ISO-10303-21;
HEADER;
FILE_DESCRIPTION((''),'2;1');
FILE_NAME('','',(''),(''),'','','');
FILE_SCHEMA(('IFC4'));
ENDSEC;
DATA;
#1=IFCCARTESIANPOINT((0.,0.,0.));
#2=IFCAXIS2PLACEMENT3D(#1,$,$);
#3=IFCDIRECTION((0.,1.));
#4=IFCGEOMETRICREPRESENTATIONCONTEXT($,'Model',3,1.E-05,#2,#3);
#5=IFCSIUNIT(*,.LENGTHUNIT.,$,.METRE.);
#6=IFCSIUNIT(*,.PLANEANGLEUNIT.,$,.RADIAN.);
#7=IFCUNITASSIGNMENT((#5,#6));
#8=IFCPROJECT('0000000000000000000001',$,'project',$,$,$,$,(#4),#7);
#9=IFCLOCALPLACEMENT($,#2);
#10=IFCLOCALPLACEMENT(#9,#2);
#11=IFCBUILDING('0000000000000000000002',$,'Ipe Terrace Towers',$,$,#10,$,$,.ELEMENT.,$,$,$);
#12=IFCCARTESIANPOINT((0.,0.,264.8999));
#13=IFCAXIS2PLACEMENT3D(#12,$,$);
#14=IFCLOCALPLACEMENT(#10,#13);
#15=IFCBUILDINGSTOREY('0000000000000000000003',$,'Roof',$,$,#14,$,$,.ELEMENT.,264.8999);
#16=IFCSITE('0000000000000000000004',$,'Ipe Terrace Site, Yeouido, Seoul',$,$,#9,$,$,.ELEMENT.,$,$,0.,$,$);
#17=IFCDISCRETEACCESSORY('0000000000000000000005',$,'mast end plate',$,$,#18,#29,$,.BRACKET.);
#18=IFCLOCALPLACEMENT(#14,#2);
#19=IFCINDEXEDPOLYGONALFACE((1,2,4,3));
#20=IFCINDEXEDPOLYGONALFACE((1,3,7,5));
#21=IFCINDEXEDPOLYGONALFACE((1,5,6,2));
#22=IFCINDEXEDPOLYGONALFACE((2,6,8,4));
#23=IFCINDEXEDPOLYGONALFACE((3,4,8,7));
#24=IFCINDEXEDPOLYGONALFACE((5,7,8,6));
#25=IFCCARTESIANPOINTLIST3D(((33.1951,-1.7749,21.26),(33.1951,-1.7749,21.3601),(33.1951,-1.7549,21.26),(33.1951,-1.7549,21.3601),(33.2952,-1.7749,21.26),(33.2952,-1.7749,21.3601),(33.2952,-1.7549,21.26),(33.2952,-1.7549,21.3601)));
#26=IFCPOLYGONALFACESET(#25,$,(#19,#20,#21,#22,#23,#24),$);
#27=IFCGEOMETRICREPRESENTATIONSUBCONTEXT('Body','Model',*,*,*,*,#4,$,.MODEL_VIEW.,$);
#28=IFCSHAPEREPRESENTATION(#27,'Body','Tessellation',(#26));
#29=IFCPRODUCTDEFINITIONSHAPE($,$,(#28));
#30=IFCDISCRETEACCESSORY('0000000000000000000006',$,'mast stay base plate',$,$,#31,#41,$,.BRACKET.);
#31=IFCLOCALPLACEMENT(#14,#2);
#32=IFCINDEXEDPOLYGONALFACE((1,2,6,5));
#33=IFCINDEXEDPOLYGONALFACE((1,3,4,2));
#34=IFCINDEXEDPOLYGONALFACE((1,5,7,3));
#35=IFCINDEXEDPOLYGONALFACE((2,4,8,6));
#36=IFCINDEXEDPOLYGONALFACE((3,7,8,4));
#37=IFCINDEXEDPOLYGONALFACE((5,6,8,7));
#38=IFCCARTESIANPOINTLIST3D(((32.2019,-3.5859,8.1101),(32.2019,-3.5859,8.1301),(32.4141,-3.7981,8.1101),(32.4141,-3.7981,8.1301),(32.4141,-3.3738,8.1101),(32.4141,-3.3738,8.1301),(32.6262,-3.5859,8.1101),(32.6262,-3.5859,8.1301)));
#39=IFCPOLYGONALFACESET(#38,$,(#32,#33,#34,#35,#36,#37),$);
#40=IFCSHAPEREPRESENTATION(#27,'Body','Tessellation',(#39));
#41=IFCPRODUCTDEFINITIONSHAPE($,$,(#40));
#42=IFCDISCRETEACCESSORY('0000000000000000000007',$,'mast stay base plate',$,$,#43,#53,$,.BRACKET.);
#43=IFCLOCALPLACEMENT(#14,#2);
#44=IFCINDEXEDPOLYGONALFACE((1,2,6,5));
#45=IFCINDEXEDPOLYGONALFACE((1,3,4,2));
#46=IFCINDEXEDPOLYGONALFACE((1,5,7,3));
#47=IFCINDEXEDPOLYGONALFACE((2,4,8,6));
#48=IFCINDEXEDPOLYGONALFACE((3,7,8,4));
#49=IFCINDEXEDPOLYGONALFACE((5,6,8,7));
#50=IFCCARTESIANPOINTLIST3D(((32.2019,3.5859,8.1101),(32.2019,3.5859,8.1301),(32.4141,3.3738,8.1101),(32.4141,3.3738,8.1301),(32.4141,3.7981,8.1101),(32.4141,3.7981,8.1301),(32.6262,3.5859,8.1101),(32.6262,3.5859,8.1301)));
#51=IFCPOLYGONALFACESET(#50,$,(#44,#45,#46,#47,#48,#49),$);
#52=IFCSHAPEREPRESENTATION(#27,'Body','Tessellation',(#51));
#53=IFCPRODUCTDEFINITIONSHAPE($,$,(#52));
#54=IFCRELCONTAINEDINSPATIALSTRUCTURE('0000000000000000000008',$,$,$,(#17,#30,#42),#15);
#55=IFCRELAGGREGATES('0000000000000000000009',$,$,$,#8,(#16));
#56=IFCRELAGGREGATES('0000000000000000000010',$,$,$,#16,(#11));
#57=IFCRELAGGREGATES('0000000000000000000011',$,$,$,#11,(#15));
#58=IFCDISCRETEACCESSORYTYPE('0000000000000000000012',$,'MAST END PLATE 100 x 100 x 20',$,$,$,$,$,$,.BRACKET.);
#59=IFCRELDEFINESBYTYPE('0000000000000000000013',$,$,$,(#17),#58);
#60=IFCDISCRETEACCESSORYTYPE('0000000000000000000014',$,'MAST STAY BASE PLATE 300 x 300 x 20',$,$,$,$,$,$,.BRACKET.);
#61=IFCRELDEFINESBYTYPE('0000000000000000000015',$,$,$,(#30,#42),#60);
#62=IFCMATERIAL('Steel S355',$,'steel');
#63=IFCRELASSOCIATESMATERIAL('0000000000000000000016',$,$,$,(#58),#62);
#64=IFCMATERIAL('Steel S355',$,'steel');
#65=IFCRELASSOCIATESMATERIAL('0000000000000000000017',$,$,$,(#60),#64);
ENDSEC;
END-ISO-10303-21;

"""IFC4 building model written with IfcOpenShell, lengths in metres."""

from ifc_helpers import new_model, si_unit, direction, frame, origin, origin_2d, place, context, subcontext, project, spatial, rectangle, extrude, material, material_profile, profile_set, type_object, element, save


model = new_model("IFC4")

# Units and contexts
model_context = context("Model", 3, precision=1e-05, world=origin(), true_north=direction((0.0, 1.0)))
body_context = subcontext(model_context, "Body", "Model", "MODEL_VIEW")
ifc_project = project(units=[si_unit("LENGTHUNIT", "METRE"), si_unit("PLANEANGLEUNIT", "RADIAN")], contexts=[model_context])

# Site, building, storey
site_placement = place(None, origin())
site = spatial("IfcSite", under=ifc_project, at=site_placement, Name="Ipe Terrace Site, Yeouido, Seoul", CompositionType="ELEMENT", RefElevation=0.0)
building_placement = place(site_placement, origin())
building = spatial("IfcBuilding", under=site, at=building_placement, Name="Ipe Terrace Towers", CompositionType="ELEMENT")
storey_placement = place(building_placement, frame((0.0, 0.0, 264.8999)))
storey = spatial("IfcBuildingStorey", under=building, at=storey_placement, Name="Roof", CompositionType="ELEMENT", Elevation=264.8999)

# Discrete accessories
ifc_material_1 = material(Name="Steel S355", Category="steel")
ifc_material_profile_1 = material_profile(ifc_material_1, rectangle(XDim=0.1001, YDim=0.1001, at=origin_2d()), Name="MAST END PLATE 100 x 100 x 20")
ifc_profile_set_1 = profile_set([ifc_material_profile_1], Name="Steel S355")
discrete_accessory_type_1 = type_object("IfcDiscreteAccessoryType", Name="MAST END PLATE 100 x 100 x 20", PredefinedType="BRACKET", material=ifc_profile_set_1)
for number, where, z_axis, x_axis, name in (
    (1, (33.2451, -1.7549, 21.3101), (0.0, -1.0, 0.0), (1.0, 0.0, 0.0), "mast end plate"),
):
    element("IfcDiscreteAccessory", number, at=place(storey_placement, frame(where, z_axis=z_axis, x_axis=x_axis)), inside=storey, type_object=discrete_accessory_type_1, Name=name, PredefinedType="BRACKET", context=body_context, shape_type="SweptSolid", body=[
        extrude(rectangle(XDim=0.1001, YDim=0.1001, at=origin_2d()), origin(), (0.0, 0.0, 1.0), 0.02),
    ])
ifc_material_2 = material(Name="Steel S355", Category="steel")
discrete_accessory_type_2 = type_object("IfcDiscreteAccessoryType", Name="MAST STAY BASE PLATE 300 x 300 x 20", PredefinedType="BRACKET", material=ifc_material_2)
for number, where, z_axis, x_axis, name in (
    (2, (32.4141, -3.5859, 8.1101), (0.0, 0.0, 1.0), (0.707107, 0.707107, 0.0), "mast stay base plate"),
    (3, (32.4141, 3.5859, 8.1101), (0.0, 0.0, 1.0), (0.707107, -0.707107, 0.0), "mast stay base plate"),
):
    element("IfcDiscreteAccessory", number, at=place(storey_placement, frame(where, z_axis=z_axis, x_axis=x_axis)), inside=storey, type_object=discrete_accessory_type_2, Name=name, PredefinedType="BRACKET", context=body_context, shape_type="SweptSolid", body=[
        extrude(rectangle(XDim=0.3, YDim=0.3, at=origin_2d()), origin(), (0.0, 0.0, 1.0), 0.02),
    ])

save(model, "model.ifc")
